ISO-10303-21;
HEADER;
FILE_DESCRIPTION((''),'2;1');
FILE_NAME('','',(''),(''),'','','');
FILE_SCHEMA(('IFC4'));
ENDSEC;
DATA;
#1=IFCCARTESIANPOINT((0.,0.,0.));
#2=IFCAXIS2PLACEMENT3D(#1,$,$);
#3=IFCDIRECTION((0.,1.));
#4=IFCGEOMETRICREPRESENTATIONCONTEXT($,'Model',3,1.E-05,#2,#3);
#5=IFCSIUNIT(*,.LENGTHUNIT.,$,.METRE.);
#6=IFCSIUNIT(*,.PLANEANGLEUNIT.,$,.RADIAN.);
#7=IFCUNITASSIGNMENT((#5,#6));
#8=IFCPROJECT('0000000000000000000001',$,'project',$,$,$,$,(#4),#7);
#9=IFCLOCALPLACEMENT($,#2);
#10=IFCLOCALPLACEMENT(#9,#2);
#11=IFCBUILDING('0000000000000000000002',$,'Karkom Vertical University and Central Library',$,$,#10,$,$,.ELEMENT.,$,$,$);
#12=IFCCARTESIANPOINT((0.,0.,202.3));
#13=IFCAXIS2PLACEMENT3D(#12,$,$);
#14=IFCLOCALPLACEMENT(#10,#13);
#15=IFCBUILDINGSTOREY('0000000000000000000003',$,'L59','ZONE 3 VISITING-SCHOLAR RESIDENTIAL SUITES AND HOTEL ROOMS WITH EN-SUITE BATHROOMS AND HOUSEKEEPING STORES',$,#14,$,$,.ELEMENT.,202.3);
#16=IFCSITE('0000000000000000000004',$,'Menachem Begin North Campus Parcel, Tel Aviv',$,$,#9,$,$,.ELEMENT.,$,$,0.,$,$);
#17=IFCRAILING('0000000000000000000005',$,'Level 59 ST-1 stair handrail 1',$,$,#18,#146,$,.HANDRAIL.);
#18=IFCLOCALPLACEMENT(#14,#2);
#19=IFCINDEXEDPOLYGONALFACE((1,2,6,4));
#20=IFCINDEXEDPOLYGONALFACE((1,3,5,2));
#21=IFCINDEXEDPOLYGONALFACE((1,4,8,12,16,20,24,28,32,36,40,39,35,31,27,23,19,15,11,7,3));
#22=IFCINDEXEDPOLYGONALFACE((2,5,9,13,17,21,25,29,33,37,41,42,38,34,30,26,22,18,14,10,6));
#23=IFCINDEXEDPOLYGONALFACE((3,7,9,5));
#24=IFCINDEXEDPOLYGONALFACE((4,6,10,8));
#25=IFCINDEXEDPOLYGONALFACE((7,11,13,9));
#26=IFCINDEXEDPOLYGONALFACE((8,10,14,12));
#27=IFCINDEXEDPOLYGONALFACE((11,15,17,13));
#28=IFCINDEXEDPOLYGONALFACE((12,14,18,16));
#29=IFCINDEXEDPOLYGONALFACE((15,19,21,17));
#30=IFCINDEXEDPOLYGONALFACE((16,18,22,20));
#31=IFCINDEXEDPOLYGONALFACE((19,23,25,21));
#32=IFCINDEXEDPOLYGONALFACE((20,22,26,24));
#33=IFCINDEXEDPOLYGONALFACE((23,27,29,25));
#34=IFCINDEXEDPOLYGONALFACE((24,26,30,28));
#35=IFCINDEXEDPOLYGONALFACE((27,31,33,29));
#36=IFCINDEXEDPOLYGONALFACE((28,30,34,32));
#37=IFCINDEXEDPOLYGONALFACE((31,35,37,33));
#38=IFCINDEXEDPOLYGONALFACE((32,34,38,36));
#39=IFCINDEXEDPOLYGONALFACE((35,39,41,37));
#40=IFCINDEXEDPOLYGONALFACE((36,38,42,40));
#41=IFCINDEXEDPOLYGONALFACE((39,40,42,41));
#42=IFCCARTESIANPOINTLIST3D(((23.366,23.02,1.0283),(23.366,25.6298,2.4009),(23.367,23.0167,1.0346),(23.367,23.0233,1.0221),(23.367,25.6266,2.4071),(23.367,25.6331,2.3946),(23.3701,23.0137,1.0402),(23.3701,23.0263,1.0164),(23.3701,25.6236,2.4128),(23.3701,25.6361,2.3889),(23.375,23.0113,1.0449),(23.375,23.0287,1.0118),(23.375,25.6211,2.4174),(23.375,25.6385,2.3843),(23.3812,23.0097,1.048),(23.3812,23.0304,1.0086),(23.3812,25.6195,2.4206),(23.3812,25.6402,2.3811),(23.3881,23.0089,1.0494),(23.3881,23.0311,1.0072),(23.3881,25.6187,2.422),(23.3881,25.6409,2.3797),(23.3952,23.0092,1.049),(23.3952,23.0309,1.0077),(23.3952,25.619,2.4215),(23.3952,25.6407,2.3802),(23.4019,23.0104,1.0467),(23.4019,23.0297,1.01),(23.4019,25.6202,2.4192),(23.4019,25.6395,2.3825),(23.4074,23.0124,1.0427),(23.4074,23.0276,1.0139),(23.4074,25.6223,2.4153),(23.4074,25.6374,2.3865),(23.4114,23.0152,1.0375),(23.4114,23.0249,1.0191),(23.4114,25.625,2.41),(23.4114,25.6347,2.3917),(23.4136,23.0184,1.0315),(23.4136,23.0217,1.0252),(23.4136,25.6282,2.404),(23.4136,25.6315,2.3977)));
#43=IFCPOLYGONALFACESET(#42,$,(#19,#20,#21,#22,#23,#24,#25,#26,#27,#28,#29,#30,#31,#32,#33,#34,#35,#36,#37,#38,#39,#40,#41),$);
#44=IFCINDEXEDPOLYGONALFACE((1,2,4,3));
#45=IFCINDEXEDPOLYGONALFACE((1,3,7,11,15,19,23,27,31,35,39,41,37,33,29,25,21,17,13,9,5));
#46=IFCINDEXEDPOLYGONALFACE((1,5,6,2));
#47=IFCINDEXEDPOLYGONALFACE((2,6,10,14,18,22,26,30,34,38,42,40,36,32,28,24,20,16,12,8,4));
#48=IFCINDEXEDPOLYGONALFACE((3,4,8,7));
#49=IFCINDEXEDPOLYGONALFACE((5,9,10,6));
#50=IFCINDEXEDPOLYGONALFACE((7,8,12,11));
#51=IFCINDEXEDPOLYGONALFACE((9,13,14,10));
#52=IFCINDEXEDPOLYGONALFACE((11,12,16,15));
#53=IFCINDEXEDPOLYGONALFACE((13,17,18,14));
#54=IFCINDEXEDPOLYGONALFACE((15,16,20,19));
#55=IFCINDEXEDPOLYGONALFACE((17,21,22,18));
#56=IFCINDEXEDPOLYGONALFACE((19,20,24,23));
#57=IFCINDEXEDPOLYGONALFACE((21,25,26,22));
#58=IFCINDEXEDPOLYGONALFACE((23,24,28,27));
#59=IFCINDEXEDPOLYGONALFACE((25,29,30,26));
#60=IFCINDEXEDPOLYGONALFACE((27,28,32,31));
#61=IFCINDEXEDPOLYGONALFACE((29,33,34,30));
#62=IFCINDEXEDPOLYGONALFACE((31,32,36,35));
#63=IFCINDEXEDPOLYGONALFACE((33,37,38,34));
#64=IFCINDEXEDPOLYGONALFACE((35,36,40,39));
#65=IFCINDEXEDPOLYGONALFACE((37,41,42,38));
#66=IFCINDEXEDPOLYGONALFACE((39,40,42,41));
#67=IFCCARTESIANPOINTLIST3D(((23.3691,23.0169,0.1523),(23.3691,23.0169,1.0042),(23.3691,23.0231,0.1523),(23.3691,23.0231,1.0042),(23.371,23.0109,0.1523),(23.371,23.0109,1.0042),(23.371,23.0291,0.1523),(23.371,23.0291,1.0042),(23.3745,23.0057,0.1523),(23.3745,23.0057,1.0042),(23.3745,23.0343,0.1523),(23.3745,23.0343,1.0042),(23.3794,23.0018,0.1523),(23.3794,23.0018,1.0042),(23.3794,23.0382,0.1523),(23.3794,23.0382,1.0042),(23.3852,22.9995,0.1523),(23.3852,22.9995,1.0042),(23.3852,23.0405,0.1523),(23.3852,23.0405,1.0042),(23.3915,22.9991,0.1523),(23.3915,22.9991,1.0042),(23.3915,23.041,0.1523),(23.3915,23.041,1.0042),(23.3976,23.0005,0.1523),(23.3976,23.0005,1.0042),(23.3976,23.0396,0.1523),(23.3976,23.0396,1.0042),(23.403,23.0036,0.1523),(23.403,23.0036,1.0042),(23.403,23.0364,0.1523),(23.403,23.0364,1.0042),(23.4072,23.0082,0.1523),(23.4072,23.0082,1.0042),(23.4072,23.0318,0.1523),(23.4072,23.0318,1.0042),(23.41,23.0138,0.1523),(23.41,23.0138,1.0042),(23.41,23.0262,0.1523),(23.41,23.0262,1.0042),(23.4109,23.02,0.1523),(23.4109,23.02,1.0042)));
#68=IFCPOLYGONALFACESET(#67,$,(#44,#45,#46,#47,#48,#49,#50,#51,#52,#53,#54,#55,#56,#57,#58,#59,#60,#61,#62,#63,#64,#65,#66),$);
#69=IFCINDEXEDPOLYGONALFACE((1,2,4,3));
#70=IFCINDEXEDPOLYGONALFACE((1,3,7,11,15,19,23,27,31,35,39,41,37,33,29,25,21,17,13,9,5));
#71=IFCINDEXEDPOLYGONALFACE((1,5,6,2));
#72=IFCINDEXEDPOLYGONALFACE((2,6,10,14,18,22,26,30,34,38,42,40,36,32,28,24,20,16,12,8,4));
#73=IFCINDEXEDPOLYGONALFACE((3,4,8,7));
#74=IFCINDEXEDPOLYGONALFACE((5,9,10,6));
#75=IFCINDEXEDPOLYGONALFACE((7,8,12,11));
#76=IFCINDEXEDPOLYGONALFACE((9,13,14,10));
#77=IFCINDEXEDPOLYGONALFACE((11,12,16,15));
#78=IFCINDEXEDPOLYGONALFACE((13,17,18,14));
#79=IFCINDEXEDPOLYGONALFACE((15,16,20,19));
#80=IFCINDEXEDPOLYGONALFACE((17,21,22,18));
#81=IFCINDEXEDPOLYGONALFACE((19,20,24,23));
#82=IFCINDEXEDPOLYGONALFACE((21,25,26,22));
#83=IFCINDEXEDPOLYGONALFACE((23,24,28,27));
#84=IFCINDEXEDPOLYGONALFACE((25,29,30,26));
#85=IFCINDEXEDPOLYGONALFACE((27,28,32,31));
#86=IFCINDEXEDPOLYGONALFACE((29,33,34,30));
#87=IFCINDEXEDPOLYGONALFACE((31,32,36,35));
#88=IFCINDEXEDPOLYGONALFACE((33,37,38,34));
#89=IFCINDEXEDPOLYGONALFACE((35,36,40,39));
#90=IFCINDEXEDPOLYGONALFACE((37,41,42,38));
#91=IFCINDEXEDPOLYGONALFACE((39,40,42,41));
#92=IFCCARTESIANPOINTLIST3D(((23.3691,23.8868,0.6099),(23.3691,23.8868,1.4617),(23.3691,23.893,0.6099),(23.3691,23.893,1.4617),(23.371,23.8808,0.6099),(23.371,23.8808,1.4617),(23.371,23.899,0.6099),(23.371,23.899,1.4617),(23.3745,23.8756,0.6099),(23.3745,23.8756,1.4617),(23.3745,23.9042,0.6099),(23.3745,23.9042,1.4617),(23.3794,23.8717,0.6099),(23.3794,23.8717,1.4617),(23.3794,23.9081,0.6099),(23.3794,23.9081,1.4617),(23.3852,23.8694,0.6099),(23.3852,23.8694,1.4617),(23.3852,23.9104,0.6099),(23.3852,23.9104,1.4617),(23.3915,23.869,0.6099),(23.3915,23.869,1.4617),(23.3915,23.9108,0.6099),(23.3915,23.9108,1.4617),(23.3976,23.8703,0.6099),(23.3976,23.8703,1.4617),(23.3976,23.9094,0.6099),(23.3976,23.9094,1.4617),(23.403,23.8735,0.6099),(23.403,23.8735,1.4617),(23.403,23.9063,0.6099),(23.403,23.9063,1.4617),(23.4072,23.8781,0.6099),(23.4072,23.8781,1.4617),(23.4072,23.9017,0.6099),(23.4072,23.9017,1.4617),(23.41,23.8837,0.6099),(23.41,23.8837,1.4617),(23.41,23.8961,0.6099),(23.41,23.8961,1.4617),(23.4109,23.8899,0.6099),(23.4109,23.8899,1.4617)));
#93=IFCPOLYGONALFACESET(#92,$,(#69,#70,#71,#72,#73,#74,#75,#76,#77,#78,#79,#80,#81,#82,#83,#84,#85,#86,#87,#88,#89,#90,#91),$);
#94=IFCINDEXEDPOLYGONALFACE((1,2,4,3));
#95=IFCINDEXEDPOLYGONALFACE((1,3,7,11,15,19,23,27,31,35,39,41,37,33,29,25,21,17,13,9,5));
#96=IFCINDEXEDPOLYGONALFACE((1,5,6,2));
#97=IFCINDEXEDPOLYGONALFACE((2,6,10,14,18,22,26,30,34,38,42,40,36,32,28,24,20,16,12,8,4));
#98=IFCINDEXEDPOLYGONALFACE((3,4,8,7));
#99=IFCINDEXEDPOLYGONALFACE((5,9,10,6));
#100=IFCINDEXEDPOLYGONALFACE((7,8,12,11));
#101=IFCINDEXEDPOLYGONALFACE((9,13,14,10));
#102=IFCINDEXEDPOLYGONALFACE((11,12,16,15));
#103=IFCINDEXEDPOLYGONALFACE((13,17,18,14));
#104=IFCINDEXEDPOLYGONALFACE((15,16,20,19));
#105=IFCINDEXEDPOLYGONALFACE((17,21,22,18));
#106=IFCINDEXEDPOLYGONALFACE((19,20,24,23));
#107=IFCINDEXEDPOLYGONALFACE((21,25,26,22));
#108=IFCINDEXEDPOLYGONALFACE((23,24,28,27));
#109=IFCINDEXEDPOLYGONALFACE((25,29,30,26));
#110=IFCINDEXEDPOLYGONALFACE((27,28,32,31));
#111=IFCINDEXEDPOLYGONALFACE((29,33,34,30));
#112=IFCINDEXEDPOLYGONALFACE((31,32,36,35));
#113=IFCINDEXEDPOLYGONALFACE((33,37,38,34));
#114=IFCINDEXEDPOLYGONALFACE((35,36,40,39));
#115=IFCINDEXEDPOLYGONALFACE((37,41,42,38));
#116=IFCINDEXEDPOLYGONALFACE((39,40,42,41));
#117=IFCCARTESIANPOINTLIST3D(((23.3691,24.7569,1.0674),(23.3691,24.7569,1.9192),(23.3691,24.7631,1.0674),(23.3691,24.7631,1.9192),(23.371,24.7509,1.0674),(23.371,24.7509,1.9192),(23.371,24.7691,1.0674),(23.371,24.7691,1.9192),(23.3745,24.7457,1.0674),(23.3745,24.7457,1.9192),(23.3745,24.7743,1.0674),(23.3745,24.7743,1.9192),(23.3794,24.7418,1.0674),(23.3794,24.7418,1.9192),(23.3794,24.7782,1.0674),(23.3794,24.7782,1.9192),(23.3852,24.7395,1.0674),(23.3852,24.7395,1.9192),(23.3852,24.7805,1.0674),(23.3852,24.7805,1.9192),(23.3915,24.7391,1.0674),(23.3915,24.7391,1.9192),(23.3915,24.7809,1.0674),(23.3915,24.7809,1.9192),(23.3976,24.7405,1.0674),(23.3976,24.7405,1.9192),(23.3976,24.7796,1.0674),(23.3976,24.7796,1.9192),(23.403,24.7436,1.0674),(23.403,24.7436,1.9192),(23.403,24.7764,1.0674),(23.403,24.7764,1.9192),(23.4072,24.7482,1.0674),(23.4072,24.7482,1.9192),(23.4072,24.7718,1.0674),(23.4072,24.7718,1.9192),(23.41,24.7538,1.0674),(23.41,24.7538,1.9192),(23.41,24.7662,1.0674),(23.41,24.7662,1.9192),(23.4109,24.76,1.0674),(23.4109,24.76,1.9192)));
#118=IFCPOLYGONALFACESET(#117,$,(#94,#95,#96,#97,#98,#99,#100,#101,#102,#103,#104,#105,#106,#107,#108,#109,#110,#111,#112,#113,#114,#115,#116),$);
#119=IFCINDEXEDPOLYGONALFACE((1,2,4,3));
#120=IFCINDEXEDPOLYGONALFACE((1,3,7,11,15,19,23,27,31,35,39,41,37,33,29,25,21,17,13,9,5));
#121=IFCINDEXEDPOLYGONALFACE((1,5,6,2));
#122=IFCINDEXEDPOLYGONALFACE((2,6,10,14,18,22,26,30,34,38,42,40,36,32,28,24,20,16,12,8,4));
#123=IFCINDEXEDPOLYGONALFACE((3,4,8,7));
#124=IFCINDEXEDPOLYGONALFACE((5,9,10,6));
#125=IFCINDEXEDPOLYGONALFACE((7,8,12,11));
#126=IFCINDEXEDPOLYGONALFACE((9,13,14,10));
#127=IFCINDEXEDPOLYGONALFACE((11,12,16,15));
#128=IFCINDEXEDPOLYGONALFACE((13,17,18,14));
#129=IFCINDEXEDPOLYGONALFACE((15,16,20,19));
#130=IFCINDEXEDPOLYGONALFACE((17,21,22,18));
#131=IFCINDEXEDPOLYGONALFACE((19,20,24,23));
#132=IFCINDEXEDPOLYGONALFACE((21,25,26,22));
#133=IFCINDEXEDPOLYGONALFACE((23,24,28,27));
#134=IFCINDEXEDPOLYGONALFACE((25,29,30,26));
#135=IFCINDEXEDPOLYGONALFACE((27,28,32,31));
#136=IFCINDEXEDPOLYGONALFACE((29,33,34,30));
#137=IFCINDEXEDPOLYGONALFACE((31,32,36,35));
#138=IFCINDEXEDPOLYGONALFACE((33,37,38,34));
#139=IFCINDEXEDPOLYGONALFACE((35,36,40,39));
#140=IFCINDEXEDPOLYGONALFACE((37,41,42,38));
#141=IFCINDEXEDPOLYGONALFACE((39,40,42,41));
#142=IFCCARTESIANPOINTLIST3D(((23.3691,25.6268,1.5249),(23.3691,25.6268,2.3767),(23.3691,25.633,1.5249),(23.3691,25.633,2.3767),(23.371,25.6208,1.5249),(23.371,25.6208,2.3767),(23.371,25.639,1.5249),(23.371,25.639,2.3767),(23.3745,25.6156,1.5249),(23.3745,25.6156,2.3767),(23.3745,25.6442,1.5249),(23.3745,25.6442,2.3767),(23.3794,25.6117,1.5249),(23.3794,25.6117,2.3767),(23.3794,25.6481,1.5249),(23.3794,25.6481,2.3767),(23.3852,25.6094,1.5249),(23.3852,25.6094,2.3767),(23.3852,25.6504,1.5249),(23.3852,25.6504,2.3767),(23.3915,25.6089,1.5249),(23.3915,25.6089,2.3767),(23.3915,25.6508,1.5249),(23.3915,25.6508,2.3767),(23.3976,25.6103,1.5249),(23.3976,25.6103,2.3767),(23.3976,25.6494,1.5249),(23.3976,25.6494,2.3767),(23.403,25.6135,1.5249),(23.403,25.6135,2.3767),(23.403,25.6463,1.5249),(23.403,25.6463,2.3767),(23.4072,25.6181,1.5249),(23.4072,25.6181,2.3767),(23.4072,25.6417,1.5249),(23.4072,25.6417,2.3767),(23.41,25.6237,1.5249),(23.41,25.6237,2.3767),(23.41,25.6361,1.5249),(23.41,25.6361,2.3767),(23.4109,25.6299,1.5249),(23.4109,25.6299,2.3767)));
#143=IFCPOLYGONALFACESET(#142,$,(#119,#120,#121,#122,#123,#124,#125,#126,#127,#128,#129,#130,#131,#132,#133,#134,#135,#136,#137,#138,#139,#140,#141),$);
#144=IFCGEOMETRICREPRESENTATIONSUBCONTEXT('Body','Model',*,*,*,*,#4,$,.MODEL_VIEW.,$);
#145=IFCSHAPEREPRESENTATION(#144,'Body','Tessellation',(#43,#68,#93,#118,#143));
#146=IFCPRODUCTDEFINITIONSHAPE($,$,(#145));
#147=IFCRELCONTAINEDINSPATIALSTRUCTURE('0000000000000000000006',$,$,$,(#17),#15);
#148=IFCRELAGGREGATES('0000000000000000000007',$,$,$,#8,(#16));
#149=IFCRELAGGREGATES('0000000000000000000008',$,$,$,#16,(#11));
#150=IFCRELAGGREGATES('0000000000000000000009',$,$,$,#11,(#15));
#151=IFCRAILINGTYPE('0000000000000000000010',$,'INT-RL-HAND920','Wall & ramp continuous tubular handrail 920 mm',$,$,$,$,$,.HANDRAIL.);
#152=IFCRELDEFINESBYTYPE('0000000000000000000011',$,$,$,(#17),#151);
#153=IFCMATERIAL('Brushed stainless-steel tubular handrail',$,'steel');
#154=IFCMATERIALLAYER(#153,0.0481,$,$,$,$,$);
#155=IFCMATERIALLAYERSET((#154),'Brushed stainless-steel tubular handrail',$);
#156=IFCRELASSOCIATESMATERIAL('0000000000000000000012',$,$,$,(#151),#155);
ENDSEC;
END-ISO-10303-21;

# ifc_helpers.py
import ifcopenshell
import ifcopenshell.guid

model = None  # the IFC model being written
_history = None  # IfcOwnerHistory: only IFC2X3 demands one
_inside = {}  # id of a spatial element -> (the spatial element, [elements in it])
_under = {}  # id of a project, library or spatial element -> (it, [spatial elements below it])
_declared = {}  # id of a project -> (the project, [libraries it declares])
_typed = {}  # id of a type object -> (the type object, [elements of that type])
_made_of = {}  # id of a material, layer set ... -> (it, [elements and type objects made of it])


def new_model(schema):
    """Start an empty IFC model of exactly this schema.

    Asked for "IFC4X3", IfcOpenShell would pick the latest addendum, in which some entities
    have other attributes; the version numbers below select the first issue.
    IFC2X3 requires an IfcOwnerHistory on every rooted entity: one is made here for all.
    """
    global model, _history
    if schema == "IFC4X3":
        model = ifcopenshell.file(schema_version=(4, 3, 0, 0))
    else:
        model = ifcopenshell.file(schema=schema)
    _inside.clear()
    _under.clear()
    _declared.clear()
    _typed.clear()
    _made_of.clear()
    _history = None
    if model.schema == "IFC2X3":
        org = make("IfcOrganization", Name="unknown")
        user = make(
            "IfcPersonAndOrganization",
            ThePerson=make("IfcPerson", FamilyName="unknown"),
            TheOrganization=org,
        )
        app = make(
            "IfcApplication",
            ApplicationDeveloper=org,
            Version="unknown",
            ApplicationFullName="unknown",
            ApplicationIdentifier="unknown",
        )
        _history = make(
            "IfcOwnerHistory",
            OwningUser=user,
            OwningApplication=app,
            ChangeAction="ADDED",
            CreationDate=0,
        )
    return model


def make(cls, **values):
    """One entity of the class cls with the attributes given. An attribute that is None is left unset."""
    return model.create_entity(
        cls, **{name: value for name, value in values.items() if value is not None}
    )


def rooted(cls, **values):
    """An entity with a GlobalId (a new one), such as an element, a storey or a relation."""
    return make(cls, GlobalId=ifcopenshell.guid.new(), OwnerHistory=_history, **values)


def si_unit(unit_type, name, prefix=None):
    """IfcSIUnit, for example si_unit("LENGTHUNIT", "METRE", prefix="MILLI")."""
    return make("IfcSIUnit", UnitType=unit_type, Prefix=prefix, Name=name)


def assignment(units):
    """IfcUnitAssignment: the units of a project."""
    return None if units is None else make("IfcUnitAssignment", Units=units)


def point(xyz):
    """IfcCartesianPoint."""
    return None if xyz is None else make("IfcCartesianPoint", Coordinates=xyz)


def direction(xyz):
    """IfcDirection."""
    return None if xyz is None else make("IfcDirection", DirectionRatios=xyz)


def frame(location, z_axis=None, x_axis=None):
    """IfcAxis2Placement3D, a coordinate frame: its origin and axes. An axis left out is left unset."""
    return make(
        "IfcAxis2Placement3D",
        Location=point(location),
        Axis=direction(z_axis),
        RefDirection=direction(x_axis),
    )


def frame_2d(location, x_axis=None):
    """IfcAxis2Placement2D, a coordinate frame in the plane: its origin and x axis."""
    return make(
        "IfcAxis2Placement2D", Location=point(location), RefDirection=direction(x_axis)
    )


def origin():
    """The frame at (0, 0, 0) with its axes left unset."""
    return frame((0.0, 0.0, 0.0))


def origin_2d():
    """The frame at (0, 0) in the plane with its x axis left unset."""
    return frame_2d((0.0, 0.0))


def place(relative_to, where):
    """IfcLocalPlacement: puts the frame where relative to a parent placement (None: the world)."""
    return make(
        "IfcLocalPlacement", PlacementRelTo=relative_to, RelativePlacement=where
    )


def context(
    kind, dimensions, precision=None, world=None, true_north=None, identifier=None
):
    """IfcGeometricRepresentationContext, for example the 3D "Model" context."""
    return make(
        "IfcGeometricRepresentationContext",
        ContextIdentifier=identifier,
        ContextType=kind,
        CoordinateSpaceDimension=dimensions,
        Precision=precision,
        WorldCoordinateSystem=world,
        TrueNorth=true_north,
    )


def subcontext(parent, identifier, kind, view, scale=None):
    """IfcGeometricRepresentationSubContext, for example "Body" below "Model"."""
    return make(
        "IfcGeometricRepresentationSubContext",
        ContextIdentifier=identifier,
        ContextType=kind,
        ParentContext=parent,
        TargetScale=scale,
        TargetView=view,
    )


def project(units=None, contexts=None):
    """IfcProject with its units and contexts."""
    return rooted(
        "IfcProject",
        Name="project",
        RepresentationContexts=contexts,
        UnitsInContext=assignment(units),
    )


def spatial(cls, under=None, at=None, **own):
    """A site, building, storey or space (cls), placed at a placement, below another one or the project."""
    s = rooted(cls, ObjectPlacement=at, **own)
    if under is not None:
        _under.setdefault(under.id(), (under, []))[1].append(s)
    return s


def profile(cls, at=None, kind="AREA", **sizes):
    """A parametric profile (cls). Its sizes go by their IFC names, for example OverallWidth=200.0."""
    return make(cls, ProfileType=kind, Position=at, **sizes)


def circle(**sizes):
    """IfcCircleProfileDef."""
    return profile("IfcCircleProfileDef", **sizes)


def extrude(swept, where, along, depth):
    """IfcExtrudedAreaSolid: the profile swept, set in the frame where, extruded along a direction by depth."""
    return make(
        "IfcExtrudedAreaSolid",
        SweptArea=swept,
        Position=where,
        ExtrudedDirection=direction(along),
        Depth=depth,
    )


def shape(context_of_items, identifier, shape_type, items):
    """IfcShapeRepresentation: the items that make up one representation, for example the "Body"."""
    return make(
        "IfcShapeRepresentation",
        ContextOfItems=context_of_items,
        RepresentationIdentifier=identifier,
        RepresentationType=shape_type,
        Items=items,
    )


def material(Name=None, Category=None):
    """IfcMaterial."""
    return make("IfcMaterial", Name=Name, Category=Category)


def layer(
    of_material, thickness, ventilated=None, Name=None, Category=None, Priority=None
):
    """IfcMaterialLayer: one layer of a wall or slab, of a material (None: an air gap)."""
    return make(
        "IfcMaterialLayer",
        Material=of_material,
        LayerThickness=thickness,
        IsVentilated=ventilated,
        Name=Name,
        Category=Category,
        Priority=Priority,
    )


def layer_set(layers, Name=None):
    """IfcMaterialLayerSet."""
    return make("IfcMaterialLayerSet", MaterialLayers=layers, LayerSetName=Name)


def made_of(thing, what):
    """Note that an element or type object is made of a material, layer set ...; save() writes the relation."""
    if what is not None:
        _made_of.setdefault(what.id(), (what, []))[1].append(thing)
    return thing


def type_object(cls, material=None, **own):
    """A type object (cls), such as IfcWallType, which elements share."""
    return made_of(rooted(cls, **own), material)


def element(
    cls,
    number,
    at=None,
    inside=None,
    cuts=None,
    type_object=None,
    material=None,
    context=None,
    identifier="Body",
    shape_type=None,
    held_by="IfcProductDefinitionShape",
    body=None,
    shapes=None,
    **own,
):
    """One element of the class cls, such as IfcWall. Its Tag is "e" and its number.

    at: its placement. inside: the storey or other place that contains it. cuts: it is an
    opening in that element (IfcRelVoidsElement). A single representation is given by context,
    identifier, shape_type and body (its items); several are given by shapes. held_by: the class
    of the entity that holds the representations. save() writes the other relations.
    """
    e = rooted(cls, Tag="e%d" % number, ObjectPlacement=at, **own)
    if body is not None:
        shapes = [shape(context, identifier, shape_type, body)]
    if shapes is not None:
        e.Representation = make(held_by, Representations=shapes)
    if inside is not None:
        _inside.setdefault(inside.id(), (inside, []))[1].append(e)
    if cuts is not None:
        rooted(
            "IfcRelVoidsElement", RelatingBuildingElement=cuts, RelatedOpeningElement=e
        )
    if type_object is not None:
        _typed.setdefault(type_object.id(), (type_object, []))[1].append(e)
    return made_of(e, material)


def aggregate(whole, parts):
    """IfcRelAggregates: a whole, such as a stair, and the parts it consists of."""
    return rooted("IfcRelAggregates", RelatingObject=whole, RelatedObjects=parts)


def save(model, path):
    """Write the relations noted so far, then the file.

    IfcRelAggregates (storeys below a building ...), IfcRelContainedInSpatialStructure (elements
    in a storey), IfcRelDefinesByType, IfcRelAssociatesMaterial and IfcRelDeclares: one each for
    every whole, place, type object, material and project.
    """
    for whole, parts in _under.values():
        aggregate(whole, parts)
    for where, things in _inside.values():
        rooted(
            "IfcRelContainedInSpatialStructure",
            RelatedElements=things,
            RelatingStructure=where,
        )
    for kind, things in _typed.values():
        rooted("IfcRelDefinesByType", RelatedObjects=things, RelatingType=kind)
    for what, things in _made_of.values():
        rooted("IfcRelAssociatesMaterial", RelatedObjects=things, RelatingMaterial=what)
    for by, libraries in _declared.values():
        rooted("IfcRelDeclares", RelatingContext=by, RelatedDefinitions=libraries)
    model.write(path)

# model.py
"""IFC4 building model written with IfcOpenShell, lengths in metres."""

from ifc_helpers import new_model, si_unit, direction, frame, origin, origin_2d, place, context, subcontext, project, spatial, circle, extrude, material, layer, layer_set, type_object, element, save


model = new_model("IFC4")

# Units and contexts
model_context = context("Model", 3, precision=1e-05, world=origin(), true_north=direction((0.0, 1.0)))
body_context = subcontext(model_context, "Body", "Model", "MODEL_VIEW")
ifc_project = project(units=[si_unit("LENGTHUNIT", "METRE"), si_unit("PLANEANGLEUNIT", "RADIAN")], contexts=[model_context])

# Site, building, storey
site_placement = place(None, origin())
site = spatial("IfcSite", under=ifc_project, at=site_placement, Name="Menachem Begin North Campus Parcel, Tel Aviv", CompositionType="ELEMENT", RefElevation=0.0)
building_placement = place(site_placement, origin())
building = spatial("IfcBuilding", under=site, at=building_placement, Name="Karkom Vertical University and Central Library", CompositionType="ELEMENT")
storey_placement = place(building_placement, frame((0.0, 0.0, 202.3)))
storey = spatial("IfcBuildingStorey", under=building, at=storey_placement, Name="L59", Description="ZONE 3 VISITING-SCHOLAR RESIDENTIAL SUITES AND HOTEL ROOMS WITH EN-SUITE BATHROOMS AND HOUSEKEEPING STORES", CompositionType="ELEMENT", Elevation=202.3)

# Railing
ifc_material_1 = material(Name="Brushed stainless-steel tubular handrail", Category="steel")
ifc_layer_1 = layer(ifc_material_1, 0.0481)
ifc_layer_set_1 = layer_set([ifc_layer_1], Name="Brushed stainless-steel tubular handrail")
railing_type_1 = type_object("IfcRailingType", Name="INT-RL-HAND920", Description="Wall & ramp continuous tubular handrail 920 mm", PredefinedType="HANDRAIL", material=ifc_layer_set_1)
railing_1_placement = place(storey_placement, frame((23.3899, 23.02, 0.1523)))
element("IfcRailing", 1, at=railing_1_placement, inside=storey, type_object=railing_type_1, Name="Level 59 ST-1 stair handrail 1", PredefinedType="HANDRAIL", context=body_context, shape_type="SweptSolid", body=[
    extrude(circle(Radius=0.0239, at=origin_2d()), frame((0.0, 0.0, 0.876), z_axis=(0.0, 0.885065, 0.465467), x_axis=(-1.0, 0.0, 0.0)), (0.0, 0.0, 1.0), 2.9487),
    extrude(circle(Radius=0.021, at=origin_2d()), origin(), (0.0, 0.0, 1.0), 0.8518),
    extrude(circle(Radius=0.021, at=origin_2d()), frame((0.0, 0.8699, 0.4575)), (0.0, 0.0, 1.0), 0.8518),
    extrude(circle(Radius=0.021, at=origin_2d()), frame((0.0, 1.74, 0.915)), (0.0, 0.0, 1.0), 0.8518),
    extrude(circle(Radius=0.021, at=origin_2d()), frame((0.0, 2.6099, 1.3726)), (0.0, 0.0, 1.0), 0.8518),
])

save(model, "model.ifc")
